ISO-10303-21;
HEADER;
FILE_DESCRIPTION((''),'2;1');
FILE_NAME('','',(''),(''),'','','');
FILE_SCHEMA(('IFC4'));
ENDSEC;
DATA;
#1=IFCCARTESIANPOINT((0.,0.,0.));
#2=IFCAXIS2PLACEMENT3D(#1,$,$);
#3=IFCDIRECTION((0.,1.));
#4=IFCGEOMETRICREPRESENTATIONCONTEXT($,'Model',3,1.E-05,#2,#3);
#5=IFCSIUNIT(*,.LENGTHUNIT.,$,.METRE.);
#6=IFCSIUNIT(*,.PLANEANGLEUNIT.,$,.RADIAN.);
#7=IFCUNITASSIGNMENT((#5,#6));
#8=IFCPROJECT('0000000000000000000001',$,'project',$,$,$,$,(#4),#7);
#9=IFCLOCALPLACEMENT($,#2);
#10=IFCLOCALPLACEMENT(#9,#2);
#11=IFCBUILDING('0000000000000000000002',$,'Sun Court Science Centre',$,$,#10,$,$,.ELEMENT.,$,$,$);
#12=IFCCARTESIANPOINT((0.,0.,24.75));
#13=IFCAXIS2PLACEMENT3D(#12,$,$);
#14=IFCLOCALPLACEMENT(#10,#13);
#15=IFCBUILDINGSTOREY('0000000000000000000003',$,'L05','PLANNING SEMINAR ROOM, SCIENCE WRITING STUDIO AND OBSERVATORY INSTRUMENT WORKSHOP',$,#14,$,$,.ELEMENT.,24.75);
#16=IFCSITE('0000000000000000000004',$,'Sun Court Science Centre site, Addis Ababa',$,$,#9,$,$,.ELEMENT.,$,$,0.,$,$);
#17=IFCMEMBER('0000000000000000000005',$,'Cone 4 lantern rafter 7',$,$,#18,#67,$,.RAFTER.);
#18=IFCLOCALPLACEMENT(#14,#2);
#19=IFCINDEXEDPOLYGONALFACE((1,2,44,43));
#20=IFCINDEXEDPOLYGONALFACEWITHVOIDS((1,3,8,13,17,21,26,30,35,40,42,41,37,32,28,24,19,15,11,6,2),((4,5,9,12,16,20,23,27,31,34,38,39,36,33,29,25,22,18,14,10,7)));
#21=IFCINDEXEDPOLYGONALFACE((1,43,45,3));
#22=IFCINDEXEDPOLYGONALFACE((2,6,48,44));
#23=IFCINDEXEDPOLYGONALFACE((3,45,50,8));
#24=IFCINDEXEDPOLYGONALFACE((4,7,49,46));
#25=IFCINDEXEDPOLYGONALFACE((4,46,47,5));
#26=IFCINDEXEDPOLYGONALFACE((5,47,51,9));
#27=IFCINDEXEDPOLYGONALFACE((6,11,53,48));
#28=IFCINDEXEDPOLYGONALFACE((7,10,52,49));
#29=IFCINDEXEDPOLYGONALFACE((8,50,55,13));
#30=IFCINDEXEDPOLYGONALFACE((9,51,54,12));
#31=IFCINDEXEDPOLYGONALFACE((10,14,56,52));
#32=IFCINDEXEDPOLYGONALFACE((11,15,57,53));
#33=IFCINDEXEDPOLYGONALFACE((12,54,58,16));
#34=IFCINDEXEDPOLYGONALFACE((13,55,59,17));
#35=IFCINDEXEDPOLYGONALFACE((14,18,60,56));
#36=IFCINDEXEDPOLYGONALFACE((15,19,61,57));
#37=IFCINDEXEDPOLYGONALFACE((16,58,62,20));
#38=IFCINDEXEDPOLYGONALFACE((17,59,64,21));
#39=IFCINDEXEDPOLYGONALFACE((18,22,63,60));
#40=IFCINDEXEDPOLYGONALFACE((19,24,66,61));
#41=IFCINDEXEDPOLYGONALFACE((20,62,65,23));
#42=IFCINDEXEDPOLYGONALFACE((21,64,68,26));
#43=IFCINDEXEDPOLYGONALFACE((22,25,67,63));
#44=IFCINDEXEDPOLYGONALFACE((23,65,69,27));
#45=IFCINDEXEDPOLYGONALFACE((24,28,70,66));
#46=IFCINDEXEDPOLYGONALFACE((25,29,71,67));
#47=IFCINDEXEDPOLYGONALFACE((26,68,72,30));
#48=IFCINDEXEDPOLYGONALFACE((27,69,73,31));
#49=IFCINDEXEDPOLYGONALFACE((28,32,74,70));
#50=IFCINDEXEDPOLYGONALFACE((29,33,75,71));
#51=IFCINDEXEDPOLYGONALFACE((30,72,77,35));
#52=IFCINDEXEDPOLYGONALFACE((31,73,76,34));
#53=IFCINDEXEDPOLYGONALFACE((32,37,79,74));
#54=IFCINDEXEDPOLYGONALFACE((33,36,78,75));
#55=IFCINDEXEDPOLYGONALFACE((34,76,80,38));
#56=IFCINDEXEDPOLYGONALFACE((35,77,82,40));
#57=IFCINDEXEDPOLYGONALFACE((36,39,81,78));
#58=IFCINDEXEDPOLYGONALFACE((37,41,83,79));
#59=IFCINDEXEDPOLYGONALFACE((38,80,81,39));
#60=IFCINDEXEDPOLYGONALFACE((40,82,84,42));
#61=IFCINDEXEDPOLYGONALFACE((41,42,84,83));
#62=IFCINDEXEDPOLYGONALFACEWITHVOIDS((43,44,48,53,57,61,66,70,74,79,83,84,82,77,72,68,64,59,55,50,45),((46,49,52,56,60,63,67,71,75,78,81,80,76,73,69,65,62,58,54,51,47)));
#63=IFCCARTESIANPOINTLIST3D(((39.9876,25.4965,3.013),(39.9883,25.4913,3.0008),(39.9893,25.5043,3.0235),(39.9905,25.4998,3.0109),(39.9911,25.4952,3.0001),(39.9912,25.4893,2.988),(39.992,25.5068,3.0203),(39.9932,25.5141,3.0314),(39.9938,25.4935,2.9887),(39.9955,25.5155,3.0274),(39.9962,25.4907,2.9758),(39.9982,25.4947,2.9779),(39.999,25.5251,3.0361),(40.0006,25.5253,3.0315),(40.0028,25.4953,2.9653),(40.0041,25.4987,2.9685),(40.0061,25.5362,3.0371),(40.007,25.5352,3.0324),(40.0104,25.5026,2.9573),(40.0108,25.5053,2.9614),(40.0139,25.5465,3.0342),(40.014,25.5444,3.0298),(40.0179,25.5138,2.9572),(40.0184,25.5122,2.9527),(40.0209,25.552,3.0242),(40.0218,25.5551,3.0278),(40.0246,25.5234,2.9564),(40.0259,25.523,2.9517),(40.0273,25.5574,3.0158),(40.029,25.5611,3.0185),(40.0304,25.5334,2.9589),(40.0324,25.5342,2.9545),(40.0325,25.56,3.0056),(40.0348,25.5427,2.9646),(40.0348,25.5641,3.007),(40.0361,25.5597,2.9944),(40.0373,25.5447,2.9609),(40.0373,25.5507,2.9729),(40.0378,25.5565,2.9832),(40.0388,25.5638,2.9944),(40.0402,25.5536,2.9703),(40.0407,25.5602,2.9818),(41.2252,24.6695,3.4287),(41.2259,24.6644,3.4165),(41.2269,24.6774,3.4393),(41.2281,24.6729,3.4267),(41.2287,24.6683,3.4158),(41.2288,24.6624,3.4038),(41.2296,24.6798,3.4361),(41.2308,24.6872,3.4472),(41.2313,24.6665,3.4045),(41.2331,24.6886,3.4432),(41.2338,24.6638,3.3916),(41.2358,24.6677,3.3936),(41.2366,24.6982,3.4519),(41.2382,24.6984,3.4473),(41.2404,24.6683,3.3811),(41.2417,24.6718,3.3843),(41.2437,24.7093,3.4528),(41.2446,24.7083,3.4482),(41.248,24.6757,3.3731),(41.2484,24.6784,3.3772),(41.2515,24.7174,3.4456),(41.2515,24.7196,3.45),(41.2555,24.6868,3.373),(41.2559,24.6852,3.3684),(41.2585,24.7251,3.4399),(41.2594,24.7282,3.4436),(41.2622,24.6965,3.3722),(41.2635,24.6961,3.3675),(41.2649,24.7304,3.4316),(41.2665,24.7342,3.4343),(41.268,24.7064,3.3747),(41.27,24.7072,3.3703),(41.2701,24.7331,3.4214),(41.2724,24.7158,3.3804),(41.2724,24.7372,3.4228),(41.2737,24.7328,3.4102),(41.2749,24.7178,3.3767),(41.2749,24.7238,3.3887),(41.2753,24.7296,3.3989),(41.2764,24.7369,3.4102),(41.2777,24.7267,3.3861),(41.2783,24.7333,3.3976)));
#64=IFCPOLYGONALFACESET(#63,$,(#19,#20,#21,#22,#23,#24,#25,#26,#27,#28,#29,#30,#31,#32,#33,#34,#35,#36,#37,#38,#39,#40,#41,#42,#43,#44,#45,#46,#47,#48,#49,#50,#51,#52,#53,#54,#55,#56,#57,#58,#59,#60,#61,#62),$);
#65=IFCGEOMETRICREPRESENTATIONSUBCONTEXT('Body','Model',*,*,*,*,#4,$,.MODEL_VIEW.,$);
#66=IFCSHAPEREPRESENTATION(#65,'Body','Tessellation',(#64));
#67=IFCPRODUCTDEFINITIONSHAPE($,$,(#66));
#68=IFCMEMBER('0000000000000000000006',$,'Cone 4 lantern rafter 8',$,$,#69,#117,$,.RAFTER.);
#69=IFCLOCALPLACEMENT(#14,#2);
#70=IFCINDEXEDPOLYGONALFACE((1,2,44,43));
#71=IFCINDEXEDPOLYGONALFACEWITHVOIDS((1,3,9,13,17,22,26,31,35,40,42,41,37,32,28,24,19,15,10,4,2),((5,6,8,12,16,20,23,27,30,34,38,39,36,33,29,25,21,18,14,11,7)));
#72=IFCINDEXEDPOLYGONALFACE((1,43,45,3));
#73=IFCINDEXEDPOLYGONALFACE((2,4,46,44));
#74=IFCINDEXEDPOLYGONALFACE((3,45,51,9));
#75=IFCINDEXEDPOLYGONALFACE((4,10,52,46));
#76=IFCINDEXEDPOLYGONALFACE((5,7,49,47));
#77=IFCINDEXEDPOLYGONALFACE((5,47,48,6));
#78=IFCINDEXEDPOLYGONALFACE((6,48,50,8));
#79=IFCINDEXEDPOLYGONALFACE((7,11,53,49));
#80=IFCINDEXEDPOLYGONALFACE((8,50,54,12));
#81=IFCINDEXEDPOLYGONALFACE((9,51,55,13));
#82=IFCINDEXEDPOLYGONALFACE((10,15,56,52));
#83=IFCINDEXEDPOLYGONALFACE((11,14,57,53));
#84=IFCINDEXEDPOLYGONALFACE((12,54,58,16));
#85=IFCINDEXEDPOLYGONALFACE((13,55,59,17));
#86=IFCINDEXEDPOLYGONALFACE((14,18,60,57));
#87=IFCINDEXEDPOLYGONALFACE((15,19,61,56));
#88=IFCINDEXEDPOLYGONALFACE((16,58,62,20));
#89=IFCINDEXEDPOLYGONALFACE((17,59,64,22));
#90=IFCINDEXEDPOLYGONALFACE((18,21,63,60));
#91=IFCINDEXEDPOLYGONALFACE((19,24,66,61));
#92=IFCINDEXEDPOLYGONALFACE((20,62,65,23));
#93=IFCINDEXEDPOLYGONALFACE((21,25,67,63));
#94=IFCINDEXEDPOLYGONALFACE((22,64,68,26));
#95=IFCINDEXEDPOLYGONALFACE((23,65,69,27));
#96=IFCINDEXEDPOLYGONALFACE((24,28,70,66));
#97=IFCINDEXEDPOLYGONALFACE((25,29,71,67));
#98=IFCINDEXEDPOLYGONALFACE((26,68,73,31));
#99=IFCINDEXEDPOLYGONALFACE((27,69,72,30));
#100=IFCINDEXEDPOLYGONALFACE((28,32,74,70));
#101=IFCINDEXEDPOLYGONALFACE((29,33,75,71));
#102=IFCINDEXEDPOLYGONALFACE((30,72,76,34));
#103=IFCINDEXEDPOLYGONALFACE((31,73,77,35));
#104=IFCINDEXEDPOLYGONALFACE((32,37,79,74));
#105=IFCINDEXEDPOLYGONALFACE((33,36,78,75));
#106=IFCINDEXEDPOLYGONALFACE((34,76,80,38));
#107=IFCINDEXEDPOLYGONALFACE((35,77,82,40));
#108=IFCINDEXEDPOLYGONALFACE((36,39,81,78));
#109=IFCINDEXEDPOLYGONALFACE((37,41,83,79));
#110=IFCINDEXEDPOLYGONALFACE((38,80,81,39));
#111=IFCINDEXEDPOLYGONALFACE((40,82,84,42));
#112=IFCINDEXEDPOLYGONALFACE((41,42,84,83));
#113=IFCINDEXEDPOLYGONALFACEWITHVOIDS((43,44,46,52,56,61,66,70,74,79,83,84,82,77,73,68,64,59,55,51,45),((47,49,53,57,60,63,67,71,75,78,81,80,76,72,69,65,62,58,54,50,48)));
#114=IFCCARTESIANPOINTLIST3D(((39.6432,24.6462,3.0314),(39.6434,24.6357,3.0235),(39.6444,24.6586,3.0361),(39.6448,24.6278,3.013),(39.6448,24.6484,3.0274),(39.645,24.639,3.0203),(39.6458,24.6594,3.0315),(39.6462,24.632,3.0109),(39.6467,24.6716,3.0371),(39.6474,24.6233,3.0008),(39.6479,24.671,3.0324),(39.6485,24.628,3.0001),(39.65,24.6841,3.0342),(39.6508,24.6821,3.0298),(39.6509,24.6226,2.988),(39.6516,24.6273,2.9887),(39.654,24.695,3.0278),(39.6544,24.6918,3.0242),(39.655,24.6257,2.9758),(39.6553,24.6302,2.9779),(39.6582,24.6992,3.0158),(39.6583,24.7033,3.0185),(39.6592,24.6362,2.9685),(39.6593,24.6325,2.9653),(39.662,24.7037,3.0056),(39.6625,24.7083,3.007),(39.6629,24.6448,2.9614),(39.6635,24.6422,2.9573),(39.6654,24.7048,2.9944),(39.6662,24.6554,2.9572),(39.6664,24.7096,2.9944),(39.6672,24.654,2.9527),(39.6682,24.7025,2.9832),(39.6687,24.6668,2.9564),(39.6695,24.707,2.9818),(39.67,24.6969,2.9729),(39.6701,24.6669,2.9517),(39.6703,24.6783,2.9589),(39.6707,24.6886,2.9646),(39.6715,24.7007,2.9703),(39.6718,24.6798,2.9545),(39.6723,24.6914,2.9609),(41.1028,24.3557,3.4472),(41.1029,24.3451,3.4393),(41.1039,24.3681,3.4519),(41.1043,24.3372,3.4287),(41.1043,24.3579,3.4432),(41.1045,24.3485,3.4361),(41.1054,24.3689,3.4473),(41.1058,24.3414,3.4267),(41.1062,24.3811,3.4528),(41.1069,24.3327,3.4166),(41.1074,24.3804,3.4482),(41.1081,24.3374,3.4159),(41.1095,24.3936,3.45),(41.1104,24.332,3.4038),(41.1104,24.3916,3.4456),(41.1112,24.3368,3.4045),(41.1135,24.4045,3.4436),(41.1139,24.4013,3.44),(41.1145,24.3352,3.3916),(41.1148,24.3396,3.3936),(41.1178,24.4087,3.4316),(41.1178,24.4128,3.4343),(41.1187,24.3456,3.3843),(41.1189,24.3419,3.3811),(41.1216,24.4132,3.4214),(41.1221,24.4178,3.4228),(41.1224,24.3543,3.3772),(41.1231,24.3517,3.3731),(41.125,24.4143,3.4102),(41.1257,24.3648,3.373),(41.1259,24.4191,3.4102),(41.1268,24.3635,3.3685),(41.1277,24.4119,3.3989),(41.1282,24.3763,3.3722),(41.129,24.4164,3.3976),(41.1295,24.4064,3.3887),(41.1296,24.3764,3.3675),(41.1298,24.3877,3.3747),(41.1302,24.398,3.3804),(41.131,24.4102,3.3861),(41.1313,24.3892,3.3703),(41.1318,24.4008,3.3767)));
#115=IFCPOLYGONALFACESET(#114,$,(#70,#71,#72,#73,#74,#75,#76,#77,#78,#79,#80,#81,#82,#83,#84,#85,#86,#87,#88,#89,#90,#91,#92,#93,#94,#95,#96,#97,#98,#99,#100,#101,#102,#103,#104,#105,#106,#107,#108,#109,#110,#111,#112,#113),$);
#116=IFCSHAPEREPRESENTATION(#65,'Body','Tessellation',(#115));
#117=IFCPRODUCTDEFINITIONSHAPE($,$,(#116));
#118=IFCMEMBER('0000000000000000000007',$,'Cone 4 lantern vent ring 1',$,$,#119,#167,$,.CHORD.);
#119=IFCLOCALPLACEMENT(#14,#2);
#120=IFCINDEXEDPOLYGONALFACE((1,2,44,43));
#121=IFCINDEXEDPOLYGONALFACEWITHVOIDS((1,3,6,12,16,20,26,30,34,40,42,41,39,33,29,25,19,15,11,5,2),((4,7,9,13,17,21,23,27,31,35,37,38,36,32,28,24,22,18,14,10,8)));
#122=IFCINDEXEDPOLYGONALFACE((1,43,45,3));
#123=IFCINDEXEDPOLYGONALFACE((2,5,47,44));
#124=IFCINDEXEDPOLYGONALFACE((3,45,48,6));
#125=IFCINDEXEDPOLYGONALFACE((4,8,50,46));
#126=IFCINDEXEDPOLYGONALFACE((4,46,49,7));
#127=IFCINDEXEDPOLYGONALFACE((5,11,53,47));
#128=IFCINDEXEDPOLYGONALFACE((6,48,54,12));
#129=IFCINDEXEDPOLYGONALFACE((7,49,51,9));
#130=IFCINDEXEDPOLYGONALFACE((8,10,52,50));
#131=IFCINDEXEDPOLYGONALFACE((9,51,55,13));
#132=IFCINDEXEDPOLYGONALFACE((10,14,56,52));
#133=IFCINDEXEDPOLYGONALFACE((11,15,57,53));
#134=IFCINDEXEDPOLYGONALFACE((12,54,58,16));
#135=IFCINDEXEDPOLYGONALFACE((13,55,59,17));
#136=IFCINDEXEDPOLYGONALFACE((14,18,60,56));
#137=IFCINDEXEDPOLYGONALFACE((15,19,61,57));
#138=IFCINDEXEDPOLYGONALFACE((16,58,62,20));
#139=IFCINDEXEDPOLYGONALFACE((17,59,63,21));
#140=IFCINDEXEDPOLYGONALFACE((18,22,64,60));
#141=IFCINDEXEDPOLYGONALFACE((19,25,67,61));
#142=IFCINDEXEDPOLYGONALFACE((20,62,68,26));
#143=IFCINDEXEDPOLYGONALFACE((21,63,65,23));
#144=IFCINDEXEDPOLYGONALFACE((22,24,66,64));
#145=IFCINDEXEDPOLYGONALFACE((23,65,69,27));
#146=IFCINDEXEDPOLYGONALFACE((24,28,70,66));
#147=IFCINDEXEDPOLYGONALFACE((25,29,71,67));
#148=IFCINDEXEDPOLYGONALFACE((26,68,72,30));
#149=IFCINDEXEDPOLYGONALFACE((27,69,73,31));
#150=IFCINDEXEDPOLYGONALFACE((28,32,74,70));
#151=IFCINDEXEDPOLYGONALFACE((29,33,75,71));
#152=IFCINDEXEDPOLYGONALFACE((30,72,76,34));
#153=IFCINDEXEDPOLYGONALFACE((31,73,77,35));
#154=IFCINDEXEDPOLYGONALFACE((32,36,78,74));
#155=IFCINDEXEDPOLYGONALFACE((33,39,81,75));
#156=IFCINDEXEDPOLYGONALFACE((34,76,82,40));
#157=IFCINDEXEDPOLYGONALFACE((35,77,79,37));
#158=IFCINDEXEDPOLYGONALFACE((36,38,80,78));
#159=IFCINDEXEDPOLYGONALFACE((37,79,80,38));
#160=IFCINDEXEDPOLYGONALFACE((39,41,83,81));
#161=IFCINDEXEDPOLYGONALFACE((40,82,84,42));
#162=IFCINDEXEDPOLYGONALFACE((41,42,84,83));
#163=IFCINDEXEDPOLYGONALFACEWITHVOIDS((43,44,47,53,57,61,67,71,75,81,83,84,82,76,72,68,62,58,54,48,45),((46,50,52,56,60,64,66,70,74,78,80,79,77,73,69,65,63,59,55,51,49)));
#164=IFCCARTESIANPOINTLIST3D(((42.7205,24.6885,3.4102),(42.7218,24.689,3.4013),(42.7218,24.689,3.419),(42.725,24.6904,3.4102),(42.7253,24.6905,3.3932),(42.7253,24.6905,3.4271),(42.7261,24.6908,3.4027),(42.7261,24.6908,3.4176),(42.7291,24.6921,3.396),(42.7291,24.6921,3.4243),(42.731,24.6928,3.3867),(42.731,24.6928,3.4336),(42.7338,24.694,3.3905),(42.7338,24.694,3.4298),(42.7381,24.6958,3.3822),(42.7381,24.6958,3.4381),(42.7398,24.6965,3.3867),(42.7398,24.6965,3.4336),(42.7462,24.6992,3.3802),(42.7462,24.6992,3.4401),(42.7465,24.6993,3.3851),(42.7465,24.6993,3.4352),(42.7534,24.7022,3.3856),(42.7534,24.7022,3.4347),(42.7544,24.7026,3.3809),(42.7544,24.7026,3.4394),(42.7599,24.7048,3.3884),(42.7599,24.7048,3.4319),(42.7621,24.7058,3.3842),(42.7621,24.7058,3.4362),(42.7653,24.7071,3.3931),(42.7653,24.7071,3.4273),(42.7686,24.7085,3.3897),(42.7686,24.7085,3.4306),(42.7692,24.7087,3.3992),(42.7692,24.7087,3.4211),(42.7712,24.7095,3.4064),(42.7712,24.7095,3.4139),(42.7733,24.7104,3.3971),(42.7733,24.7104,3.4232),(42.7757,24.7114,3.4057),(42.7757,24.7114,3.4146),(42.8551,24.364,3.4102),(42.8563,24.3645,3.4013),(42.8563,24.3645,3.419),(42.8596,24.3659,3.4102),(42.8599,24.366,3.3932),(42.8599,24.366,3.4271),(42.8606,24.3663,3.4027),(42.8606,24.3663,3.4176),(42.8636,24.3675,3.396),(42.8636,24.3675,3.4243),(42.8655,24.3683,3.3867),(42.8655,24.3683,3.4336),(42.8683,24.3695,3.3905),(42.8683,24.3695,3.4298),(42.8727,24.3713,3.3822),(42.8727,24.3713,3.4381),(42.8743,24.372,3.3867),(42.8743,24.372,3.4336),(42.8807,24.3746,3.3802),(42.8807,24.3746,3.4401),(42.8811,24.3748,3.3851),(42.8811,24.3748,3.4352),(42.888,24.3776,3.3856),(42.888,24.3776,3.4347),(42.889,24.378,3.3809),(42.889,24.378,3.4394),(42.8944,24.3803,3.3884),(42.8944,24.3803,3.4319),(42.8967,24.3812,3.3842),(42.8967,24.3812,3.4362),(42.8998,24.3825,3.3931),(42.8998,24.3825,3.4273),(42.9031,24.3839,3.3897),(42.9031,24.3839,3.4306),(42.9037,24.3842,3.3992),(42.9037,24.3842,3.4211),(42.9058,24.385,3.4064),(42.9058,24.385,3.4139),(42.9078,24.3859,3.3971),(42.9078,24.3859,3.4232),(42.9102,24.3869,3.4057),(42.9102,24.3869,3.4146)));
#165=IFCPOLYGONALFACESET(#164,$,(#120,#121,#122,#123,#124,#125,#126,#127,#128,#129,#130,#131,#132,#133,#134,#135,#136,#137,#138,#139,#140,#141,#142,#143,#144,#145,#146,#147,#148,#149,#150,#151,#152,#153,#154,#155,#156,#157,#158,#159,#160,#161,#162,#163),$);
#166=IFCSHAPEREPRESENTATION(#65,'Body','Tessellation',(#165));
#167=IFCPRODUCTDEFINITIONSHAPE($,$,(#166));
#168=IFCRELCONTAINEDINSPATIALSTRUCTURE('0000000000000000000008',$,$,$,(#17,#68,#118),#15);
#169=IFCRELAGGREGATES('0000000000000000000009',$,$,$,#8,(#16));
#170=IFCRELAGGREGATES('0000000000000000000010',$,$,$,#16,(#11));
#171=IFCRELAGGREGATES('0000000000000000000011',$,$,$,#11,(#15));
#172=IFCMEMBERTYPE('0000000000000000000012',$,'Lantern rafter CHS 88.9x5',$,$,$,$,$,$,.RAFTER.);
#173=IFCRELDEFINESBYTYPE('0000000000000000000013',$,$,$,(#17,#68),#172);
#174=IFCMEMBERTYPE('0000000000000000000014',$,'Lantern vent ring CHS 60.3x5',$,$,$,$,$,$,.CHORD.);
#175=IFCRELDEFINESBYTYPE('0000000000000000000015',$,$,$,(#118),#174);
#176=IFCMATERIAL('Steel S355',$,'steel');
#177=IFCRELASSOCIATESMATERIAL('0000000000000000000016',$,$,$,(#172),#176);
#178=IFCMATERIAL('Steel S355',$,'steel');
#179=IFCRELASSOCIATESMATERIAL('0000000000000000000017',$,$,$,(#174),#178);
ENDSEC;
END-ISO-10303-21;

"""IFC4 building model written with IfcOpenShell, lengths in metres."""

from ifc_helpers import new_model, si_unit, direction, frame, origin, origin_2d, place, context, subcontext, project, spatial, hollow_circle, extrude, material, material_profile, profile_set, type_object, element, save


model = new_model("IFC4")

# Units and contexts
model_context = context("Model", 3, precision=1e-05, world=origin(), true_north=direction((0.0, 1.0)))
body_context = subcontext(model_context, "Body", "Model", "MODEL_VIEW")
ifc_project = project(units=[si_unit("LENGTHUNIT", "METRE"), si_unit("PLANEANGLEUNIT", "RADIAN")], contexts=[model_context])

# Site, building, storey
site_placement = place(None, origin())
site = spatial("IfcSite", under=ifc_project, at=site_placement, Name="Sun Court Science Centre site, Addis Ababa", CompositionType="ELEMENT", RefElevation=0.0)
building_placement = place(site_placement, origin())
building = spatial("IfcBuilding", under=site, at=building_placement, Name="Sun Court Science Centre", CompositionType="ELEMENT")
storey_placement = place(building_placement, frame((0.0, 0.0, 24.75)))
storey = spatial("IfcBuildingStorey", under=building, at=storey_placement, Name="L05", Description="PLANNING SEMINAR ROOM, SCIENCE WRITING STUDIO AND OBSERVATORY INSTRUMENT WORKSHOP", CompositionType="ELEMENT", Elevation=24.75)

# Members
ifc_material_1 = material(Name="Steel S355", Category="steel")
ifc_material_profile_1 = material_profile(ifc_material_1, hollow_circle(Radius=0.0444, WallThickness=0.0049, at=origin_2d()), Name="CHS 88.9x5")
ifc_profile_set_1 = profile_set([ifc_material_profile_1], Name="Steel S355")
member_type_1 = type_object("IfcMemberType", Name="Lantern rafter CHS 88.9x5", PredefinedType="RAFTER", material=ifc_profile_set_1)
for number, where, z_axis, x_axis, name in (
    (1, (40.0142, 25.5269, 2.9944), (0.800811, -0.535086, 0.269044), (0.555571, 0.831469, 0.0), "Cone 4 lantern rafter 7"),
):
    element("IfcMember", number, at=place(storey_placement, frame(where, z_axis=z_axis, x_axis=x_axis)), inside=storey, type_object=member_type_1, Name=name, PredefinedType="RAFTER", context=body_context, shape_type="SweptSolid", body=[
        extrude(hollow_circle(Radius=0.0444, WallThickness=0.0049, at=origin_2d()), origin(), (0.0, 0.0, 1.0), 1.5454),
    ])
member_1_placement = place(storey_placement, frame((39.6577, 24.666, 2.9944), z_axis=(0.944582, -0.188031, 0.26909), x_axis=(0.195233, 0.980757, 0.0)))
element("IfcMember", 2, at=member_1_placement, inside=storey, type_object=member_type_1, Name="Cone 4 lantern rafter 8", PredefinedType="RAFTER", context=body_context, shape_type="SweptSolid", body=[
    extrude(hollow_circle(Radius=0.0444, WallThickness=0.0049, at=origin_2d()), origin(), (0.0, 0.0, 1.0), 1.5452),
])
ifc_material_2 = material(Name="Steel S355", Category="steel")
ifc_material_profile_2 = material_profile(ifc_material_2, hollow_circle(Radius=0.03, WallThickness=0.0049, at=origin_2d()), Name="CHS 60.3x5")
ifc_profile_set_2 = profile_set([ifc_material_profile_2], Name="Steel S355")
member_type_2 = type_object("IfcMemberType", Name="Lantern vent ring CHS 60.3x5", PredefinedType="CHORD", material=ifc_profile_set_2)
member_2_placement = place(storey_placement, frame((42.8828, 24.3755, 3.4102), z_axis=(-0.382986, 0.923754, 0.0), x_axis=(-0.923754, -0.382986, 0.0)))
element("IfcMember", 3, at=member_2_placement, inside=storey, type_object=member_type_2, Name="Cone 4 lantern vent ring 1", PredefinedType="CHORD", context=body_context, shape_type="SweptSolid", body=[
    extrude(hollow_circle(Radius=0.03, WallThickness=0.0049, at=origin_2d()), origin(), (0.0, 0.0, 1.0), 0.3513),
])

save(model, "model.ifc")
